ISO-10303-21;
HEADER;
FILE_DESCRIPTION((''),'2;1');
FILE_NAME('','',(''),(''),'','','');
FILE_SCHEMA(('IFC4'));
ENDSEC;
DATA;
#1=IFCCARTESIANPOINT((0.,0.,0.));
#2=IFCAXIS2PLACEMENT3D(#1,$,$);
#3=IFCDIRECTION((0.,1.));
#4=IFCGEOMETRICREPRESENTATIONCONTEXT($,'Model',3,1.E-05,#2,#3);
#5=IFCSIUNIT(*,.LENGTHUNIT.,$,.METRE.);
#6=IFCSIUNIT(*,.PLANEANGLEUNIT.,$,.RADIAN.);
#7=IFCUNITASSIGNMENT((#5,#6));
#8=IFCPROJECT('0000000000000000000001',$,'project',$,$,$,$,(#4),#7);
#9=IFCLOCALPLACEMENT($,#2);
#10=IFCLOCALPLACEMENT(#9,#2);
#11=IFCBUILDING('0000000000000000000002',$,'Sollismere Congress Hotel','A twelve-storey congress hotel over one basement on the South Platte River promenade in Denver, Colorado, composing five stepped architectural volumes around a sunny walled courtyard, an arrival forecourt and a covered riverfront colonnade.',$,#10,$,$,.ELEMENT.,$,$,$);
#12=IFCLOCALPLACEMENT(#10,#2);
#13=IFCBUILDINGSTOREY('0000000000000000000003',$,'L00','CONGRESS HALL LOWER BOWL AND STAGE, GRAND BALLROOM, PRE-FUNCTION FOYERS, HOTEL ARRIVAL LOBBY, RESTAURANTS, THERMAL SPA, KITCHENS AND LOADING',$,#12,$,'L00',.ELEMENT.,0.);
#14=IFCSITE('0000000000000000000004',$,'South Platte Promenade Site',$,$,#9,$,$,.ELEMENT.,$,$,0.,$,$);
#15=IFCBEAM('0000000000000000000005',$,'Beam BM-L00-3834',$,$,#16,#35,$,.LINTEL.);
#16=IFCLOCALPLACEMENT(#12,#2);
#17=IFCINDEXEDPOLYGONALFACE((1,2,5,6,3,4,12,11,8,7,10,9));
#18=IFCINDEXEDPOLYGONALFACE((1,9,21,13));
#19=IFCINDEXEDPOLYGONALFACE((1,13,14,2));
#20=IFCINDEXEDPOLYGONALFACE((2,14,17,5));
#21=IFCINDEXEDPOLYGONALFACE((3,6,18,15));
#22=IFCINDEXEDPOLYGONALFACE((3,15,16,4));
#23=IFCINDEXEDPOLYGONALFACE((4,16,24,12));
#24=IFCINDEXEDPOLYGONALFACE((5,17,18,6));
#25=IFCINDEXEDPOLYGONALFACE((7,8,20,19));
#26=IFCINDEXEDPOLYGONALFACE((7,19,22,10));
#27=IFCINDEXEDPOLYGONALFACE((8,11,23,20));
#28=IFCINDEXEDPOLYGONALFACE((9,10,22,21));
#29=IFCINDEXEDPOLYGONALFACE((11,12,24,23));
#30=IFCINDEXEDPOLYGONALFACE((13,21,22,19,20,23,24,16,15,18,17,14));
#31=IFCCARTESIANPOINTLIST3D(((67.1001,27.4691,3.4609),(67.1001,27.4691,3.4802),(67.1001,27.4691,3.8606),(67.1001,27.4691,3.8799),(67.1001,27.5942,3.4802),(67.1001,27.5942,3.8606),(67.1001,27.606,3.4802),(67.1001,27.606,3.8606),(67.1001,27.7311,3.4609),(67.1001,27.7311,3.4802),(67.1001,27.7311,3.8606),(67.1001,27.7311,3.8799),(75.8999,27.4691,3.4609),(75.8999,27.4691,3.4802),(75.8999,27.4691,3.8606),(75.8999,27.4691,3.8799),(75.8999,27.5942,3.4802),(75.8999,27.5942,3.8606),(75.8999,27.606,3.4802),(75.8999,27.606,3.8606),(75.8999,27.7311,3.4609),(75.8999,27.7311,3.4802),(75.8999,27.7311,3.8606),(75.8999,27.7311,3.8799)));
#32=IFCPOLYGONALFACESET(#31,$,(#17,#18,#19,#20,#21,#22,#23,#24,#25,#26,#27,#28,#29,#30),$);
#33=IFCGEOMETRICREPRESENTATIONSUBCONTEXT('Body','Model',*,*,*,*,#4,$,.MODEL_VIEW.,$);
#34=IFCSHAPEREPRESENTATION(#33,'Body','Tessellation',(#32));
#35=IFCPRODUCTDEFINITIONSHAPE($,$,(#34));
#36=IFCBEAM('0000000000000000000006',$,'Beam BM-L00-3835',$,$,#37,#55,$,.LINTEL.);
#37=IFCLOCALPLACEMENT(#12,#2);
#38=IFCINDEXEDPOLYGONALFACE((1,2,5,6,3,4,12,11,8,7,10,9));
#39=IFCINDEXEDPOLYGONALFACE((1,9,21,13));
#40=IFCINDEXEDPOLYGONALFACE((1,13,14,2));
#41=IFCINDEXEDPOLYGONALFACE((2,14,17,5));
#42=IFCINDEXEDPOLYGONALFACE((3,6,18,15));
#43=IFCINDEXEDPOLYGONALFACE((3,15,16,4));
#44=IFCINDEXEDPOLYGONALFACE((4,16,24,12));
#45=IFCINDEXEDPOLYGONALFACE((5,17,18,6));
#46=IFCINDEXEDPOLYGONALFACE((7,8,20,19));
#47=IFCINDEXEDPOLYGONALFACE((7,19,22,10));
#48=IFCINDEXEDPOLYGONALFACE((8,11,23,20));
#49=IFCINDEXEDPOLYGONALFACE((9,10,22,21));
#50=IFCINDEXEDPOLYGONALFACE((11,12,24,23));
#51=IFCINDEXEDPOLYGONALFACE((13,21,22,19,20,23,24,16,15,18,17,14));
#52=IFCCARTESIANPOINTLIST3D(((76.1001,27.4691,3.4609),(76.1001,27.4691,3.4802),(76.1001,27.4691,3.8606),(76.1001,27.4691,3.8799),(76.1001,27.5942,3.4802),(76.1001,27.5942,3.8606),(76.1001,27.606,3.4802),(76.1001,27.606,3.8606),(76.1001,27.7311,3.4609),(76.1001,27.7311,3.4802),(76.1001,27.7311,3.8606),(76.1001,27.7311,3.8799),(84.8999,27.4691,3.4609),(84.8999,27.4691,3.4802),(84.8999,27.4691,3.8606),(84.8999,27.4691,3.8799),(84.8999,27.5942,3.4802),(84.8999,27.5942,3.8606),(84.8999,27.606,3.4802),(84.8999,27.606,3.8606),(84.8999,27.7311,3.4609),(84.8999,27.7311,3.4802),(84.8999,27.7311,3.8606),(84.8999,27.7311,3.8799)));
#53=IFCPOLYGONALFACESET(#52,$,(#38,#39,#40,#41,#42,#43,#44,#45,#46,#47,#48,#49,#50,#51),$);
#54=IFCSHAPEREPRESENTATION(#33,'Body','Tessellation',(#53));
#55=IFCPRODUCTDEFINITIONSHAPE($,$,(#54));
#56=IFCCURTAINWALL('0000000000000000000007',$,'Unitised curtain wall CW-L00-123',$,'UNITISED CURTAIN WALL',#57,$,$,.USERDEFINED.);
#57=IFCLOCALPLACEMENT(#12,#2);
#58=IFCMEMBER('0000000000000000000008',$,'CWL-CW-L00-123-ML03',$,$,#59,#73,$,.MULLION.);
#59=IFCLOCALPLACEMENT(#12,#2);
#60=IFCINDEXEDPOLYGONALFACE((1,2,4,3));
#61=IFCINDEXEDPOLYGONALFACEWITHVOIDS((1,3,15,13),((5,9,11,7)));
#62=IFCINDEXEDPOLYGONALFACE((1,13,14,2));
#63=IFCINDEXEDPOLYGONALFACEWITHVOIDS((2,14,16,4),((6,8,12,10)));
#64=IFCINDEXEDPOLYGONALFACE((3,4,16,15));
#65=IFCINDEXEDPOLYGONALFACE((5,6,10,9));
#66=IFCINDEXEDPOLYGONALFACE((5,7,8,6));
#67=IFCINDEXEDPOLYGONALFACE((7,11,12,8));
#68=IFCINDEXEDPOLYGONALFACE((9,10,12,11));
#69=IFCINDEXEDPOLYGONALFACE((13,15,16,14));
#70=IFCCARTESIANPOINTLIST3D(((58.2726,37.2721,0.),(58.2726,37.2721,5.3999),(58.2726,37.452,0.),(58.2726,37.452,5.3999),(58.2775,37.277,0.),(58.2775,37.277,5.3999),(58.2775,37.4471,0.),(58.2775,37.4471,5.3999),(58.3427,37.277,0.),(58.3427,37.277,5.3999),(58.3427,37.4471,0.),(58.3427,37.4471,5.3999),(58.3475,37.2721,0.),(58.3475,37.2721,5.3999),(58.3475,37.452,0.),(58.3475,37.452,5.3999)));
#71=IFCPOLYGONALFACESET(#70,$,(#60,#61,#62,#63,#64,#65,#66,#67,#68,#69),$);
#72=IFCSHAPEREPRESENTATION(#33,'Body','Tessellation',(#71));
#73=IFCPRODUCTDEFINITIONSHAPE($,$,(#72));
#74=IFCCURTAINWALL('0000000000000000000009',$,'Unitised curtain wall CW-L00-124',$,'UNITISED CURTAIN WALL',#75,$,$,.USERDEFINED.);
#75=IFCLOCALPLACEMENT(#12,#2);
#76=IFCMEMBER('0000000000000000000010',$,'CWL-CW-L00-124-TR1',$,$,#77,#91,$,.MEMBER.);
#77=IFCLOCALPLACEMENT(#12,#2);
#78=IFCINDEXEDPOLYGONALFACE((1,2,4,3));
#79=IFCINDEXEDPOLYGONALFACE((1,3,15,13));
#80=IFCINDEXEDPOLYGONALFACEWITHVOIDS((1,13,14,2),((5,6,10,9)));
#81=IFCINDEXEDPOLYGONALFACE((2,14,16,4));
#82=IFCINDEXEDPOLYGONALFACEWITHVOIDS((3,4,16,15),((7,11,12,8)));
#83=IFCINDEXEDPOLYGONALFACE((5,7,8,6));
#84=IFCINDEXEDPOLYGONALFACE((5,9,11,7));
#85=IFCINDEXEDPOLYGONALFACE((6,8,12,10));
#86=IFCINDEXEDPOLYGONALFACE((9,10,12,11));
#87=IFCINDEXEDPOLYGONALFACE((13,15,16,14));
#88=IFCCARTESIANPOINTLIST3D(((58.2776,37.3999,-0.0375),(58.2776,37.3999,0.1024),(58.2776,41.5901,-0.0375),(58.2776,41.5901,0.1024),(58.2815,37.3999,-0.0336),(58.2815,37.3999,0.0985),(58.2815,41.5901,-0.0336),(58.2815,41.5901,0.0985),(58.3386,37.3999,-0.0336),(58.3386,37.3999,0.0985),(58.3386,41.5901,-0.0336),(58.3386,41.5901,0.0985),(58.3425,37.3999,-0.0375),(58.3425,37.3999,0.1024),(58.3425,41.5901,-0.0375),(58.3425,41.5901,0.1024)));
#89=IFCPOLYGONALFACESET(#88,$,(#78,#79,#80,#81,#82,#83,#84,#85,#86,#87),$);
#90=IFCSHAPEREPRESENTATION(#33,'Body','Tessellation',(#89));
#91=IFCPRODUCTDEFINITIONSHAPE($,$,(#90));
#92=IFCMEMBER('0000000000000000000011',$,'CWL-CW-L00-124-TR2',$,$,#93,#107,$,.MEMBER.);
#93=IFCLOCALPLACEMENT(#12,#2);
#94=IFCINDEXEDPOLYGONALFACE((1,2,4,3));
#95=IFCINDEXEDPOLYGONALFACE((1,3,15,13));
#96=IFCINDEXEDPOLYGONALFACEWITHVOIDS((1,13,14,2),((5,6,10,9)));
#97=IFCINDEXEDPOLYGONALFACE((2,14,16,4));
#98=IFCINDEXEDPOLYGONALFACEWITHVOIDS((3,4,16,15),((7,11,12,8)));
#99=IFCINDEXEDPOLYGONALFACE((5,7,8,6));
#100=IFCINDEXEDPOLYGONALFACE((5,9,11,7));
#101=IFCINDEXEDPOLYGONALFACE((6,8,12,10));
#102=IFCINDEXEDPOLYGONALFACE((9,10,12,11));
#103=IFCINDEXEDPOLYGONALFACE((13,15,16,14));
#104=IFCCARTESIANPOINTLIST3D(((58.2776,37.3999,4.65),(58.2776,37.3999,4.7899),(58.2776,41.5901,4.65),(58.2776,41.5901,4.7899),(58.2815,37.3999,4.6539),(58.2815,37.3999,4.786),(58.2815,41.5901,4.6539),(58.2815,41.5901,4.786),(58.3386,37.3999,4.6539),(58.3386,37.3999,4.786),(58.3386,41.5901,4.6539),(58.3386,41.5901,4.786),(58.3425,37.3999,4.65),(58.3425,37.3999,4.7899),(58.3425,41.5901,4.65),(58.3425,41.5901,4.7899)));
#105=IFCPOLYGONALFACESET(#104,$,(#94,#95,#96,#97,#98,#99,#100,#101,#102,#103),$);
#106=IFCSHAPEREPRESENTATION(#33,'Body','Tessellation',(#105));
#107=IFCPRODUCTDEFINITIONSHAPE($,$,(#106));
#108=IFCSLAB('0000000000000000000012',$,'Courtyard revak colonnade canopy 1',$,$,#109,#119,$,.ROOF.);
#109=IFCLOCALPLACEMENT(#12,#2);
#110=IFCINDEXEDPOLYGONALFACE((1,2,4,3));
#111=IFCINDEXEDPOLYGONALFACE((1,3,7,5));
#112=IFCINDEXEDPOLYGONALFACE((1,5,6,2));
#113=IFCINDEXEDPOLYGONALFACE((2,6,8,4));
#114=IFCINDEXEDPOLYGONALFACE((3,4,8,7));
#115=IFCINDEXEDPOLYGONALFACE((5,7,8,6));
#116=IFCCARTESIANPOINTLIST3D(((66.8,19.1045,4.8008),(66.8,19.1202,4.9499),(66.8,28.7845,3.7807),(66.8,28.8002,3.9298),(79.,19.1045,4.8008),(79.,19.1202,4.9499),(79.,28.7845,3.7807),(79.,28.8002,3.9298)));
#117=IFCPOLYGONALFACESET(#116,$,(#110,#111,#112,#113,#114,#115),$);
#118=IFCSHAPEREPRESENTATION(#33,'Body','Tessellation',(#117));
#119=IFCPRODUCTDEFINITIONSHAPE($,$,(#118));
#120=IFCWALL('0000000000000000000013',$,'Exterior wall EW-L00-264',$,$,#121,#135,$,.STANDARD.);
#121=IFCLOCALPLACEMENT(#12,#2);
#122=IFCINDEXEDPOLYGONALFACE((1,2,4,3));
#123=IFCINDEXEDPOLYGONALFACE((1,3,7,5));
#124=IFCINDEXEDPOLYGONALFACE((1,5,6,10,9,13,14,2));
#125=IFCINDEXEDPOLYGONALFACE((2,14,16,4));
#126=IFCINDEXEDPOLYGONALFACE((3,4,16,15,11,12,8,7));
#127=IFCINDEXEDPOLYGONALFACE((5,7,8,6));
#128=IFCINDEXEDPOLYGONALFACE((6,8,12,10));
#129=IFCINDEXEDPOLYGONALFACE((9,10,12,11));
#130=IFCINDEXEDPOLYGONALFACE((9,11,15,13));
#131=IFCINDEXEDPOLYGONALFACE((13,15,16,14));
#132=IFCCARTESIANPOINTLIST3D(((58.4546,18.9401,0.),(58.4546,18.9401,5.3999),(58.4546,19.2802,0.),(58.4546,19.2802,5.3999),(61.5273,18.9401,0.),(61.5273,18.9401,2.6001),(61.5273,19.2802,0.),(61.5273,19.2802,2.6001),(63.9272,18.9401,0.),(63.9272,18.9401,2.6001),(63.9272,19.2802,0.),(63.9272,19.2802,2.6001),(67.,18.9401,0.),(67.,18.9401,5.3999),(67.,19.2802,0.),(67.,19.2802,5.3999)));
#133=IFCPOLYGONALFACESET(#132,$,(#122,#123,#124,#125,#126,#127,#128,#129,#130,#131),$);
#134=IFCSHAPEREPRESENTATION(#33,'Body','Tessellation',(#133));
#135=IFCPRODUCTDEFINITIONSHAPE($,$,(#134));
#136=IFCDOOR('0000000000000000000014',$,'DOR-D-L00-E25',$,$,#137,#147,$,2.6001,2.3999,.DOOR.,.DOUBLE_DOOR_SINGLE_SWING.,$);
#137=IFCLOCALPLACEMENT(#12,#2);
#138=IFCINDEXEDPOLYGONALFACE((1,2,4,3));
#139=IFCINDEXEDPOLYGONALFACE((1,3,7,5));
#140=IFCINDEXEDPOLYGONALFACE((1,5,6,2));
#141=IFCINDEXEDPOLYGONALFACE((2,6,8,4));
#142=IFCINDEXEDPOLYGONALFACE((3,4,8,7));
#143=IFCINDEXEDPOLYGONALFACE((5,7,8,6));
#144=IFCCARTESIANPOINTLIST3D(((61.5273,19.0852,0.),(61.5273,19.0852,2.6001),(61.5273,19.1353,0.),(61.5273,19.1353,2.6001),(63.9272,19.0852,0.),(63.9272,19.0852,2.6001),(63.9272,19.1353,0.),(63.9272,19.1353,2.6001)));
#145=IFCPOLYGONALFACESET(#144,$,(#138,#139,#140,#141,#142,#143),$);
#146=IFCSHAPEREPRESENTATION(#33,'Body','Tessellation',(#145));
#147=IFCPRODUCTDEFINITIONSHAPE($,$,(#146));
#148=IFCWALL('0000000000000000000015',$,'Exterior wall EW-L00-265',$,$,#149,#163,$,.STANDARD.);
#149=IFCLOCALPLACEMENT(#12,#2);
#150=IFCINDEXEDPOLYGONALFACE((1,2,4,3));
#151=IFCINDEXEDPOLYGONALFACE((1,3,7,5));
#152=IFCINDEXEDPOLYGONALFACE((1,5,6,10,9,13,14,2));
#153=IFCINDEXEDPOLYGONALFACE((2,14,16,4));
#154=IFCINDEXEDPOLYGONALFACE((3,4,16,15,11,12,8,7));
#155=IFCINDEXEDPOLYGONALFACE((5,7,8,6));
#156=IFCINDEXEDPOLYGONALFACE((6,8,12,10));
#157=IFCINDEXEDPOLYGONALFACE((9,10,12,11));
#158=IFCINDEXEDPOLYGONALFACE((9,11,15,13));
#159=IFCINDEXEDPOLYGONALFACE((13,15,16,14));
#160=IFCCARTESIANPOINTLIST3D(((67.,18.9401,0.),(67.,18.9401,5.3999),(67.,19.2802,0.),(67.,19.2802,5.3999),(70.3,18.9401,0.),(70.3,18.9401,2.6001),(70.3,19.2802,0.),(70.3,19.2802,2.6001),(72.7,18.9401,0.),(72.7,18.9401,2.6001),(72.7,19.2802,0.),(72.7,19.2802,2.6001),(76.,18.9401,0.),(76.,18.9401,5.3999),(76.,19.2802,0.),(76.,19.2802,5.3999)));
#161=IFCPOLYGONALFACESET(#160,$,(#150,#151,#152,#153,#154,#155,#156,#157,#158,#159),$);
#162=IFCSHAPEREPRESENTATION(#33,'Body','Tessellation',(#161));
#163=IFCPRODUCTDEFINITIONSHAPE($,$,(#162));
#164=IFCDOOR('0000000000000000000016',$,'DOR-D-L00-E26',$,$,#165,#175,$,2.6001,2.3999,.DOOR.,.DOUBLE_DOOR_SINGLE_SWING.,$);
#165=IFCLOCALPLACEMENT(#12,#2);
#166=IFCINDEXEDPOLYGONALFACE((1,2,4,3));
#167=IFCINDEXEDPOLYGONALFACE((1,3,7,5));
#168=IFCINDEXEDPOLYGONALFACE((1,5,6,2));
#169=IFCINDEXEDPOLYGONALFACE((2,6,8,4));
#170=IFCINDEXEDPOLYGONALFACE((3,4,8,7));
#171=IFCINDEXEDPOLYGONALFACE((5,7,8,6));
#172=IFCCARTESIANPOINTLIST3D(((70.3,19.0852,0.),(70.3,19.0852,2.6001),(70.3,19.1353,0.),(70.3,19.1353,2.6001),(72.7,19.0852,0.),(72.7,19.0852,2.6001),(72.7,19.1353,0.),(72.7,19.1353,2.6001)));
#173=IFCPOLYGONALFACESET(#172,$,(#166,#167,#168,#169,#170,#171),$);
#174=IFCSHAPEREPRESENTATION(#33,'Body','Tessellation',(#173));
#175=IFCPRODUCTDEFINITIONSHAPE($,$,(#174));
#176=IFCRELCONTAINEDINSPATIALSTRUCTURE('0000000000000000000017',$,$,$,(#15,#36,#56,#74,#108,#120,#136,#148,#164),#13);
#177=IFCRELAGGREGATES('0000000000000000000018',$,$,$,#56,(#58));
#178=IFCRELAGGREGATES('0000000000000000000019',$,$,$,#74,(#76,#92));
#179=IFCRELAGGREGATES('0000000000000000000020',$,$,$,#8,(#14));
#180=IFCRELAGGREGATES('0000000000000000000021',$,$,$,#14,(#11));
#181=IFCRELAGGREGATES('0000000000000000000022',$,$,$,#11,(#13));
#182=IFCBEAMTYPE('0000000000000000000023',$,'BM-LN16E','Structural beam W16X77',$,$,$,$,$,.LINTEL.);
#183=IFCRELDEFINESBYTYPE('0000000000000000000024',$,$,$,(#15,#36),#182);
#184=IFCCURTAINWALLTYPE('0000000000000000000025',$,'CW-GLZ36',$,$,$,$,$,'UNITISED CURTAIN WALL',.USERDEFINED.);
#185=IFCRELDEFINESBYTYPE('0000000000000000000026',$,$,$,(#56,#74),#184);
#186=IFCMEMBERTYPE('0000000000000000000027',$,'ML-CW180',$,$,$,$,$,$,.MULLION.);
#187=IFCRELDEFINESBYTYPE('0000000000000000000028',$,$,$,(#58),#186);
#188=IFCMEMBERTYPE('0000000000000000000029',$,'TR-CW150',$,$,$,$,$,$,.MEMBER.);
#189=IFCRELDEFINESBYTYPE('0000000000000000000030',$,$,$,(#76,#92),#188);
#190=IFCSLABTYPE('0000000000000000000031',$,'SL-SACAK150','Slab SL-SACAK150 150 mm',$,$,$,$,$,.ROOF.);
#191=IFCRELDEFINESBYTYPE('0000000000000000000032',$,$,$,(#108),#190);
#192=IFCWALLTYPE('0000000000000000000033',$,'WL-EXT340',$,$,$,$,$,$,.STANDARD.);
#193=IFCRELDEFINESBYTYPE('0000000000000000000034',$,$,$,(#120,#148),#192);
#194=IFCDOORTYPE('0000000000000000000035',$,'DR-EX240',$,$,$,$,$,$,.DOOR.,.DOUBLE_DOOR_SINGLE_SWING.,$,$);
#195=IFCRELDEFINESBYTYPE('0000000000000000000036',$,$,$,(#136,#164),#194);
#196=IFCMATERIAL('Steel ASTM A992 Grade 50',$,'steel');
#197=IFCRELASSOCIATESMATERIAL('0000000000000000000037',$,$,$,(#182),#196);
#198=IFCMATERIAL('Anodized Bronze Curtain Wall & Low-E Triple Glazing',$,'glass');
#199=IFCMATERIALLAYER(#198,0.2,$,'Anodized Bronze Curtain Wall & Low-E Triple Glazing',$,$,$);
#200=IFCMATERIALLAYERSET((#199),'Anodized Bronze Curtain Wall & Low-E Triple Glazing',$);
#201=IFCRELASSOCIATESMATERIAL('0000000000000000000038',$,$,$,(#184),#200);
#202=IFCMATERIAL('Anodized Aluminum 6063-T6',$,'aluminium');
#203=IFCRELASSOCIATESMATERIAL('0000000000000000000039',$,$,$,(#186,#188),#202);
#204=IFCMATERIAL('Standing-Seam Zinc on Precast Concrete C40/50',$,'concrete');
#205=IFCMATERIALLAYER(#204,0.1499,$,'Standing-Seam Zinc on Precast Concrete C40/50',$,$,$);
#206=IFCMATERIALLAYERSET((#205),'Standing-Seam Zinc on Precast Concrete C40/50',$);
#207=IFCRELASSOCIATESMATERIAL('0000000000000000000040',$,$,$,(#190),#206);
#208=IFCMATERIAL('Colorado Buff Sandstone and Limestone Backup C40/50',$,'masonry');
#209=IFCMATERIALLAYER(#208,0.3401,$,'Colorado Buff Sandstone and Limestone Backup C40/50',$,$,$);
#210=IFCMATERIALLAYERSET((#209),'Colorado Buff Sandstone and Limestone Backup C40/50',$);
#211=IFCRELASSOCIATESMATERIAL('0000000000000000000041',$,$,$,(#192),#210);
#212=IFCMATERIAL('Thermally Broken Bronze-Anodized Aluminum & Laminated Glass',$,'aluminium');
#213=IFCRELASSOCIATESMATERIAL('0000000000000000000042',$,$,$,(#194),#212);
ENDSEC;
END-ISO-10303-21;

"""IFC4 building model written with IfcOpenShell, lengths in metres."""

from ifc_helpers import new_model, si_unit, direction, frame, frame_2d, origin, origin_2d, place, context, subcontext, project, spatial, polyline, rectangle, hollow_rectangle, i_section, outline, extrude, material, layer, layer_set, material_profile, profile_set, type_object, element, fill, aggregate, save


model = new_model("IFC4")

# Units and contexts
model_context = context("Model", 3, precision=1e-05, world=origin(), true_north=direction((0.0, 1.0)))
body_context = subcontext(model_context, "Body", "Model", "MODEL_VIEW")
ifc_project = project(units=[si_unit("LENGTHUNIT", "METRE"), si_unit("PLANEANGLEUNIT", "RADIAN")], contexts=[model_context])

# Site, building, storey
site_placement = place(None, origin())
site = spatial("IfcSite", under=ifc_project, at=site_placement, Name="South Platte Promenade Site", CompositionType="ELEMENT", RefElevation=0.0)
building_placement = place(site_placement, origin())
building = spatial("IfcBuilding", under=site, at=building_placement, Name="Sollismere Congress Hotel", Description="A twelve-storey congress hotel over one basement on the South Platte River promenade in Denver, Colorado, composing five stepped architectural volumes around a sunny walled courtyard, an arrival forecourt and a covered riverfront colonnade.", CompositionType="ELEMENT")
storey_placement = place(building_placement, origin())
storey = spatial("IfcBuildingStorey", under=building, at=storey_placement, Name="L00", Description="CONGRESS HALL LOWER BOWL AND STAGE, GRAND BALLROOM, PRE-FUNCTION FOYERS, HOTEL ARRIVAL LOBBY, RESTAURANTS, THERMAL SPA, KITCHENS AND LOADING", LongName="L00", CompositionType="ELEMENT", Elevation=0.0)

# Shared definitions
ifc_material_1 = material(Name="Steel ASTM A992 Grade 50", Category="steel")

# Beams
ifc_material_profile_1 = material_profile(ifc_material_1, i_section(OverallWidth=0.262, OverallDepth=0.4189, WebThickness=0.0117, FlangeThickness=0.0193, at=origin_2d()), Name="W16X77")
ifc_profile_set_1 = profile_set([ifc_material_profile_1], Name="Steel ASTM A992 Grade 50")
beam_type_1 = type_object("IfcBeamType", Name="BM-LN16E", Description="Structural beam W16X77", PredefinedType="LINTEL", material=ifc_profile_set_1)
for number, where, z_axis, x_axis, name in (
    (1, (67.1001, 27.6001, 3.6704), (1.0, 0.0, 0.0), (0.0, 1.0, 0.0), "Beam BM-L00-3834"),
    (2, (76.1001, 27.6001, 3.6704), (1.0, 0.0, 0.0), (0.0, 1.0, 0.0), "Beam BM-L00-3835"),
):
    element("IfcBeam", number, at=place(storey_placement, frame(where, z_axis=z_axis, x_axis=x_axis)), inside=storey, type_object=beam_type_1, Name=name, PredefinedType="LINTEL", context=body_context, shape_type="SweptSolid", body=[
        extrude(i_section(OverallWidth=0.262, OverallDepth=0.4189, WebThickness=0.0117, FlangeThickness=0.0193, at=origin_2d()), origin(), (0.0, 0.0, 1.0), 8.7998),
    ])

# Curtain wall, member
ifc_material_2 = material(Name="Anodized Bronze Curtain Wall & Low-E Triple Glazing", Category="glass")
ifc_layer_1 = layer(ifc_material_2, 0.2, Name="Anodized Bronze Curtain Wall & Low-E Triple Glazing")
ifc_layer_set_1 = layer_set([ifc_layer_1], Name="Anodized Bronze Curtain Wall & Low-E Triple Glazing")
curtain_wall_type = type_object("IfcCurtainWallType", Name="CW-GLZ36", ElementType="UNITISED CURTAIN WALL", PredefinedType="USERDEFINED", material=ifc_layer_set_1)
curtain_wall_1_placement = place(storey_placement, origin())
curtain_wall_1 = element("IfcCurtainWall", 3, at=curtain_wall_1_placement, inside=storey, type_object=curtain_wall_type, Name="Unitised curtain wall CW-L00-123", ObjectType="UNITISED CURTAIN WALL", PredefinedType="USERDEFINED")
ifc_material_3 = material(Name="Anodized Aluminum 6063-T6", Category="aluminium")
ifc_material_profile_2 = material_profile(ifc_material_3, hollow_rectangle(XDim=0.075, YDim=0.1799, WallThickness=0.0049, at=origin_2d()), Name="ALU180X75X5")
ifc_profile_set_2 = profile_set([ifc_material_profile_2], Name="Anodized Aluminum 6063-T6")
member_type_1 = type_object("IfcMemberType", Name="ML-CW180", PredefinedType="MULLION", material=ifc_profile_set_2)
member_1_placement = place(storey_placement, frame((58.3101, 37.3621, 0.0), z_axis=(0.0, 0.0, 1.0), x_axis=(-1.0, 0.0, 0.0)))
member_1 = element("IfcMember", 4, at=member_1_placement, type_object=member_type_1, Name="CWL-CW-L00-123-ML03", PredefinedType="MULLION", context=body_context, shape_type="SweptSolid", body=[
    extrude(hollow_rectangle(XDim=0.075, YDim=0.1799, WallThickness=0.0049, at=origin_2d()), origin(), (0.0, 0.0, 1.0), 5.3999),
])
aggregate(curtain_wall_1, [member_1])

# Curtain wall, members
curtain_wall_2_placement = place(storey_placement, origin())
curtain_wall_2 = element("IfcCurtainWall", 5, at=curtain_wall_2_placement, inside=storey, type_object=curtain_wall_type, Name="Unitised curtain wall CW-L00-124", ObjectType="UNITISED CURTAIN WALL", PredefinedType="USERDEFINED")
ifc_material_profile_3 = material_profile(ifc_material_3, hollow_rectangle(XDim=0.0649, YDim=0.1399, WallThickness=0.0039, at=origin_2d()), Name="ALU140X65X4")
ifc_profile_set_3 = profile_set([ifc_material_profile_3], Name="Anodized Aluminum 6063-T6")
member_type_2 = type_object("IfcMemberType", Name="TR-CW150", PredefinedType="MEMBER", material=ifc_profile_set_3)
member_2_placement = place(storey_placement, frame((58.3101, 37.3999, 0.0325), z_axis=(0.0, 1.0, 0.0), x_axis=(-1.0, 0.0, 0.0)))
member_2 = element("IfcMember", 6, at=member_2_placement, type_object=member_type_2, Name="CWL-CW-L00-124-TR1", PredefinedType="MEMBER", context=body_context, shape_type="SweptSolid", body=[
    extrude(hollow_rectangle(XDim=0.0649, YDim=0.1399, WallThickness=0.0039, at=origin_2d()), origin(), (0.0, 0.0, 1.0), 4.1902),
])
member_3_placement = place(storey_placement, frame((58.3101, 37.3999, 4.72), z_axis=(0.0, 1.0, 0.0), x_axis=(-1.0, 0.0, 0.0)))
member_3 = element("IfcMember", 7, at=member_3_placement, type_object=member_type_2, Name="CWL-CW-L00-124-TR2", PredefinedType="MEMBER", context=body_context, shape_type="SweptSolid", body=[
    extrude(hollow_rectangle(XDim=0.0649, YDim=0.1399, WallThickness=0.0039, at=origin_2d()), origin(), (0.0, 0.0, 1.0), 4.1902),
])
aggregate(curtain_wall_2, [member_2, member_3])

# Slab
ifc_material_4 = material(Name="Standing-Seam Zinc on Precast Concrete C40/50", Category="concrete")
ifc_layer_2 = layer(ifc_material_4, 0.1499, Name="Standing-Seam Zinc on Precast Concrete C40/50")
ifc_layer_set_2 = layer_set([ifc_layer_2], Name="Standing-Seam Zinc on Precast Concrete C40/50")
slab_type = type_object("IfcSlabType", Name="SL-SACAK150", Description="Slab SL-SACAK150 150 mm", PredefinedType="ROOF", material=ifc_layer_set_2)
slab_placement = place(storey_placement, frame((66.8, 19.1045, 4.8008), z_axis=(0.0, 0.104794, 0.994494), x_axis=(1.0, 0.0, 0.0)))
element("IfcSlab", 8, at=slab_placement, inside=storey, type_object=slab_type, Name="Courtyard revak colonnade canopy 1", PredefinedType="ROOF", context=body_context, shape_type="SweptSolid", body=[
    extrude(outline(polyline([(0.0, 0.0), (12.2, 0.0), (12.2, 9.7336), (0.0, 9.7336), (0.0, 0.0)])), origin(), (0.0, 0.0, 1.0), 0.1499),
])

# Walls, openings, doors
ifc_material_5 = material(Name="Colorado Buff Sandstone and Limestone Backup C40/50", Category="masonry")
ifc_layer_3 = layer(ifc_material_5, 0.3401, Name="Colorado Buff Sandstone and Limestone Backup C40/50")
ifc_layer_set_3 = layer_set([ifc_layer_3], Name="Colorado Buff Sandstone and Limestone Backup C40/50")
wall_type_1 = type_object("IfcWallType", Name="WL-EXT340", PredefinedType="STANDARD", material=ifc_layer_set_3)
wall_1_placement = place(storey_placement, frame((67.0, 19.1101, 0.0), z_axis=(0.0, 0.0, 1.0), x_axis=(-1.0, 0.0, 0.0)))
wall_1 = element("IfcWall", 9, at=wall_1_placement, inside=storey, type_object=wall_type_1, Name="Exterior wall EW-L00-264", PredefinedType="STANDARD", context=body_context, shape_type="SweptSolid", body=[
    extrude(rectangle(XDim=8.5454, YDim=0.3401, at=frame_2d((4.2727, 0.0))), origin(), (0.0, 0.0, 1.0), 5.3999),
])
opening_1_placement = place(wall_1_placement, frame((3.0728, 0.0, 0.0)))
opening_1 = element("IfcOpeningElement", 10, at=opening_1_placement, cuts=wall_1, PredefinedType="OPENING", context=body_context, shape_type="SweptSolid", body=[
    extrude(rectangle(XDim=2.3999, YDim=2.6001, at=frame_2d((1.2, 1.3))), frame((0.0, 0.1799, 0.0), z_axis=(0.0, -1.0, 0.0), x_axis=(1.0, 0.0, 0.0)), (0.0, 0.0, 1.0), 0.3601),
])
ifc_material_6 = material(Name="Thermally Broken Bronze-Anodized Aluminum & Laminated Glass", Category="aluminium")
door_type = type_object("IfcDoorType", Name="DR-EX240", OperationType="DOUBLE_DOOR_SINGLE_SWING", PredefinedType="DOOR", material=ifc_material_6)
door_1_placement = place(opening_1_placement, origin())
door_1 = element("IfcDoor", 11, at=door_1_placement, inside=storey, type_object=door_type, Name="DOR-D-L00-E25", OperationType="DOUBLE_DOOR_SINGLE_SWING", OverallHeight=2.6001, OverallWidth=2.3999, PredefinedType="DOOR", context=body_context, shape_type="SweptSolid", body=[
    extrude(rectangle(XDim=2.3999, YDim=2.6001, at=frame_2d((1.2, 1.3))), frame((0.0, 0.0249, 0.0), z_axis=(0.0, -1.0, 0.0), x_axis=(1.0, 0.0, 0.0)), (0.0, 0.0, 1.0), 0.05),
])
fill(opening_1, door_1)
wall_2_placement = place(storey_placement, frame((76.0, 19.1101, 0.0), z_axis=(0.0, 0.0, 1.0), x_axis=(-1.0, 0.0, 0.0)))
wall_2 = element("IfcWall", 12, at=wall_2_placement, inside=storey, type_object=wall_type_1, Name="Exterior wall EW-L00-265", PredefinedType="STANDARD", context=body_context, shape_type="SweptSolid", body=[
    extrude(rectangle(XDim=9.0, YDim=0.3401, at=frame_2d((4.5, 0.0))), origin(), (0.0, 0.0, 1.0), 5.3999),
])
opening_2_placement = place(wall_2_placement, frame((3.3, 0.0, 0.0)))
opening_2 = element("IfcOpeningElement", 13, at=opening_2_placement, cuts=wall_2, PredefinedType="OPENING", context=body_context, shape_type="SweptSolid", body=[
    extrude(rectangle(XDim=2.3999, YDim=2.6001, at=frame_2d((1.2, 1.3))), frame((0.0, 0.1799, 0.0), z_axis=(0.0, -1.0, 0.0), x_axis=(1.0, 0.0, 0.0)), (0.0, 0.0, 1.0), 0.3601),
])
door_2_placement = place(opening_2_placement, origin())
door_2 = element("IfcDoor", 14, at=door_2_placement, inside=storey, type_object=door_type, Name="DOR-D-L00-E26", OperationType="DOUBLE_DOOR_SINGLE_SWING", OverallHeight=2.6001, OverallWidth=2.3999, PredefinedType="DOOR", context=body_context, shape_type="SweptSolid", body=[
    extrude(rectangle(XDim=2.3999, YDim=2.6001, at=frame_2d((1.2, 1.3))), frame((0.0, 0.0249, 0.0), z_axis=(0.0, -1.0, 0.0), x_axis=(1.0, 0.0, 0.0)), (0.0, 0.0, 1.0), 0.05),
])
fill(opening_2, door_2)

save(model, "model.ifc")
